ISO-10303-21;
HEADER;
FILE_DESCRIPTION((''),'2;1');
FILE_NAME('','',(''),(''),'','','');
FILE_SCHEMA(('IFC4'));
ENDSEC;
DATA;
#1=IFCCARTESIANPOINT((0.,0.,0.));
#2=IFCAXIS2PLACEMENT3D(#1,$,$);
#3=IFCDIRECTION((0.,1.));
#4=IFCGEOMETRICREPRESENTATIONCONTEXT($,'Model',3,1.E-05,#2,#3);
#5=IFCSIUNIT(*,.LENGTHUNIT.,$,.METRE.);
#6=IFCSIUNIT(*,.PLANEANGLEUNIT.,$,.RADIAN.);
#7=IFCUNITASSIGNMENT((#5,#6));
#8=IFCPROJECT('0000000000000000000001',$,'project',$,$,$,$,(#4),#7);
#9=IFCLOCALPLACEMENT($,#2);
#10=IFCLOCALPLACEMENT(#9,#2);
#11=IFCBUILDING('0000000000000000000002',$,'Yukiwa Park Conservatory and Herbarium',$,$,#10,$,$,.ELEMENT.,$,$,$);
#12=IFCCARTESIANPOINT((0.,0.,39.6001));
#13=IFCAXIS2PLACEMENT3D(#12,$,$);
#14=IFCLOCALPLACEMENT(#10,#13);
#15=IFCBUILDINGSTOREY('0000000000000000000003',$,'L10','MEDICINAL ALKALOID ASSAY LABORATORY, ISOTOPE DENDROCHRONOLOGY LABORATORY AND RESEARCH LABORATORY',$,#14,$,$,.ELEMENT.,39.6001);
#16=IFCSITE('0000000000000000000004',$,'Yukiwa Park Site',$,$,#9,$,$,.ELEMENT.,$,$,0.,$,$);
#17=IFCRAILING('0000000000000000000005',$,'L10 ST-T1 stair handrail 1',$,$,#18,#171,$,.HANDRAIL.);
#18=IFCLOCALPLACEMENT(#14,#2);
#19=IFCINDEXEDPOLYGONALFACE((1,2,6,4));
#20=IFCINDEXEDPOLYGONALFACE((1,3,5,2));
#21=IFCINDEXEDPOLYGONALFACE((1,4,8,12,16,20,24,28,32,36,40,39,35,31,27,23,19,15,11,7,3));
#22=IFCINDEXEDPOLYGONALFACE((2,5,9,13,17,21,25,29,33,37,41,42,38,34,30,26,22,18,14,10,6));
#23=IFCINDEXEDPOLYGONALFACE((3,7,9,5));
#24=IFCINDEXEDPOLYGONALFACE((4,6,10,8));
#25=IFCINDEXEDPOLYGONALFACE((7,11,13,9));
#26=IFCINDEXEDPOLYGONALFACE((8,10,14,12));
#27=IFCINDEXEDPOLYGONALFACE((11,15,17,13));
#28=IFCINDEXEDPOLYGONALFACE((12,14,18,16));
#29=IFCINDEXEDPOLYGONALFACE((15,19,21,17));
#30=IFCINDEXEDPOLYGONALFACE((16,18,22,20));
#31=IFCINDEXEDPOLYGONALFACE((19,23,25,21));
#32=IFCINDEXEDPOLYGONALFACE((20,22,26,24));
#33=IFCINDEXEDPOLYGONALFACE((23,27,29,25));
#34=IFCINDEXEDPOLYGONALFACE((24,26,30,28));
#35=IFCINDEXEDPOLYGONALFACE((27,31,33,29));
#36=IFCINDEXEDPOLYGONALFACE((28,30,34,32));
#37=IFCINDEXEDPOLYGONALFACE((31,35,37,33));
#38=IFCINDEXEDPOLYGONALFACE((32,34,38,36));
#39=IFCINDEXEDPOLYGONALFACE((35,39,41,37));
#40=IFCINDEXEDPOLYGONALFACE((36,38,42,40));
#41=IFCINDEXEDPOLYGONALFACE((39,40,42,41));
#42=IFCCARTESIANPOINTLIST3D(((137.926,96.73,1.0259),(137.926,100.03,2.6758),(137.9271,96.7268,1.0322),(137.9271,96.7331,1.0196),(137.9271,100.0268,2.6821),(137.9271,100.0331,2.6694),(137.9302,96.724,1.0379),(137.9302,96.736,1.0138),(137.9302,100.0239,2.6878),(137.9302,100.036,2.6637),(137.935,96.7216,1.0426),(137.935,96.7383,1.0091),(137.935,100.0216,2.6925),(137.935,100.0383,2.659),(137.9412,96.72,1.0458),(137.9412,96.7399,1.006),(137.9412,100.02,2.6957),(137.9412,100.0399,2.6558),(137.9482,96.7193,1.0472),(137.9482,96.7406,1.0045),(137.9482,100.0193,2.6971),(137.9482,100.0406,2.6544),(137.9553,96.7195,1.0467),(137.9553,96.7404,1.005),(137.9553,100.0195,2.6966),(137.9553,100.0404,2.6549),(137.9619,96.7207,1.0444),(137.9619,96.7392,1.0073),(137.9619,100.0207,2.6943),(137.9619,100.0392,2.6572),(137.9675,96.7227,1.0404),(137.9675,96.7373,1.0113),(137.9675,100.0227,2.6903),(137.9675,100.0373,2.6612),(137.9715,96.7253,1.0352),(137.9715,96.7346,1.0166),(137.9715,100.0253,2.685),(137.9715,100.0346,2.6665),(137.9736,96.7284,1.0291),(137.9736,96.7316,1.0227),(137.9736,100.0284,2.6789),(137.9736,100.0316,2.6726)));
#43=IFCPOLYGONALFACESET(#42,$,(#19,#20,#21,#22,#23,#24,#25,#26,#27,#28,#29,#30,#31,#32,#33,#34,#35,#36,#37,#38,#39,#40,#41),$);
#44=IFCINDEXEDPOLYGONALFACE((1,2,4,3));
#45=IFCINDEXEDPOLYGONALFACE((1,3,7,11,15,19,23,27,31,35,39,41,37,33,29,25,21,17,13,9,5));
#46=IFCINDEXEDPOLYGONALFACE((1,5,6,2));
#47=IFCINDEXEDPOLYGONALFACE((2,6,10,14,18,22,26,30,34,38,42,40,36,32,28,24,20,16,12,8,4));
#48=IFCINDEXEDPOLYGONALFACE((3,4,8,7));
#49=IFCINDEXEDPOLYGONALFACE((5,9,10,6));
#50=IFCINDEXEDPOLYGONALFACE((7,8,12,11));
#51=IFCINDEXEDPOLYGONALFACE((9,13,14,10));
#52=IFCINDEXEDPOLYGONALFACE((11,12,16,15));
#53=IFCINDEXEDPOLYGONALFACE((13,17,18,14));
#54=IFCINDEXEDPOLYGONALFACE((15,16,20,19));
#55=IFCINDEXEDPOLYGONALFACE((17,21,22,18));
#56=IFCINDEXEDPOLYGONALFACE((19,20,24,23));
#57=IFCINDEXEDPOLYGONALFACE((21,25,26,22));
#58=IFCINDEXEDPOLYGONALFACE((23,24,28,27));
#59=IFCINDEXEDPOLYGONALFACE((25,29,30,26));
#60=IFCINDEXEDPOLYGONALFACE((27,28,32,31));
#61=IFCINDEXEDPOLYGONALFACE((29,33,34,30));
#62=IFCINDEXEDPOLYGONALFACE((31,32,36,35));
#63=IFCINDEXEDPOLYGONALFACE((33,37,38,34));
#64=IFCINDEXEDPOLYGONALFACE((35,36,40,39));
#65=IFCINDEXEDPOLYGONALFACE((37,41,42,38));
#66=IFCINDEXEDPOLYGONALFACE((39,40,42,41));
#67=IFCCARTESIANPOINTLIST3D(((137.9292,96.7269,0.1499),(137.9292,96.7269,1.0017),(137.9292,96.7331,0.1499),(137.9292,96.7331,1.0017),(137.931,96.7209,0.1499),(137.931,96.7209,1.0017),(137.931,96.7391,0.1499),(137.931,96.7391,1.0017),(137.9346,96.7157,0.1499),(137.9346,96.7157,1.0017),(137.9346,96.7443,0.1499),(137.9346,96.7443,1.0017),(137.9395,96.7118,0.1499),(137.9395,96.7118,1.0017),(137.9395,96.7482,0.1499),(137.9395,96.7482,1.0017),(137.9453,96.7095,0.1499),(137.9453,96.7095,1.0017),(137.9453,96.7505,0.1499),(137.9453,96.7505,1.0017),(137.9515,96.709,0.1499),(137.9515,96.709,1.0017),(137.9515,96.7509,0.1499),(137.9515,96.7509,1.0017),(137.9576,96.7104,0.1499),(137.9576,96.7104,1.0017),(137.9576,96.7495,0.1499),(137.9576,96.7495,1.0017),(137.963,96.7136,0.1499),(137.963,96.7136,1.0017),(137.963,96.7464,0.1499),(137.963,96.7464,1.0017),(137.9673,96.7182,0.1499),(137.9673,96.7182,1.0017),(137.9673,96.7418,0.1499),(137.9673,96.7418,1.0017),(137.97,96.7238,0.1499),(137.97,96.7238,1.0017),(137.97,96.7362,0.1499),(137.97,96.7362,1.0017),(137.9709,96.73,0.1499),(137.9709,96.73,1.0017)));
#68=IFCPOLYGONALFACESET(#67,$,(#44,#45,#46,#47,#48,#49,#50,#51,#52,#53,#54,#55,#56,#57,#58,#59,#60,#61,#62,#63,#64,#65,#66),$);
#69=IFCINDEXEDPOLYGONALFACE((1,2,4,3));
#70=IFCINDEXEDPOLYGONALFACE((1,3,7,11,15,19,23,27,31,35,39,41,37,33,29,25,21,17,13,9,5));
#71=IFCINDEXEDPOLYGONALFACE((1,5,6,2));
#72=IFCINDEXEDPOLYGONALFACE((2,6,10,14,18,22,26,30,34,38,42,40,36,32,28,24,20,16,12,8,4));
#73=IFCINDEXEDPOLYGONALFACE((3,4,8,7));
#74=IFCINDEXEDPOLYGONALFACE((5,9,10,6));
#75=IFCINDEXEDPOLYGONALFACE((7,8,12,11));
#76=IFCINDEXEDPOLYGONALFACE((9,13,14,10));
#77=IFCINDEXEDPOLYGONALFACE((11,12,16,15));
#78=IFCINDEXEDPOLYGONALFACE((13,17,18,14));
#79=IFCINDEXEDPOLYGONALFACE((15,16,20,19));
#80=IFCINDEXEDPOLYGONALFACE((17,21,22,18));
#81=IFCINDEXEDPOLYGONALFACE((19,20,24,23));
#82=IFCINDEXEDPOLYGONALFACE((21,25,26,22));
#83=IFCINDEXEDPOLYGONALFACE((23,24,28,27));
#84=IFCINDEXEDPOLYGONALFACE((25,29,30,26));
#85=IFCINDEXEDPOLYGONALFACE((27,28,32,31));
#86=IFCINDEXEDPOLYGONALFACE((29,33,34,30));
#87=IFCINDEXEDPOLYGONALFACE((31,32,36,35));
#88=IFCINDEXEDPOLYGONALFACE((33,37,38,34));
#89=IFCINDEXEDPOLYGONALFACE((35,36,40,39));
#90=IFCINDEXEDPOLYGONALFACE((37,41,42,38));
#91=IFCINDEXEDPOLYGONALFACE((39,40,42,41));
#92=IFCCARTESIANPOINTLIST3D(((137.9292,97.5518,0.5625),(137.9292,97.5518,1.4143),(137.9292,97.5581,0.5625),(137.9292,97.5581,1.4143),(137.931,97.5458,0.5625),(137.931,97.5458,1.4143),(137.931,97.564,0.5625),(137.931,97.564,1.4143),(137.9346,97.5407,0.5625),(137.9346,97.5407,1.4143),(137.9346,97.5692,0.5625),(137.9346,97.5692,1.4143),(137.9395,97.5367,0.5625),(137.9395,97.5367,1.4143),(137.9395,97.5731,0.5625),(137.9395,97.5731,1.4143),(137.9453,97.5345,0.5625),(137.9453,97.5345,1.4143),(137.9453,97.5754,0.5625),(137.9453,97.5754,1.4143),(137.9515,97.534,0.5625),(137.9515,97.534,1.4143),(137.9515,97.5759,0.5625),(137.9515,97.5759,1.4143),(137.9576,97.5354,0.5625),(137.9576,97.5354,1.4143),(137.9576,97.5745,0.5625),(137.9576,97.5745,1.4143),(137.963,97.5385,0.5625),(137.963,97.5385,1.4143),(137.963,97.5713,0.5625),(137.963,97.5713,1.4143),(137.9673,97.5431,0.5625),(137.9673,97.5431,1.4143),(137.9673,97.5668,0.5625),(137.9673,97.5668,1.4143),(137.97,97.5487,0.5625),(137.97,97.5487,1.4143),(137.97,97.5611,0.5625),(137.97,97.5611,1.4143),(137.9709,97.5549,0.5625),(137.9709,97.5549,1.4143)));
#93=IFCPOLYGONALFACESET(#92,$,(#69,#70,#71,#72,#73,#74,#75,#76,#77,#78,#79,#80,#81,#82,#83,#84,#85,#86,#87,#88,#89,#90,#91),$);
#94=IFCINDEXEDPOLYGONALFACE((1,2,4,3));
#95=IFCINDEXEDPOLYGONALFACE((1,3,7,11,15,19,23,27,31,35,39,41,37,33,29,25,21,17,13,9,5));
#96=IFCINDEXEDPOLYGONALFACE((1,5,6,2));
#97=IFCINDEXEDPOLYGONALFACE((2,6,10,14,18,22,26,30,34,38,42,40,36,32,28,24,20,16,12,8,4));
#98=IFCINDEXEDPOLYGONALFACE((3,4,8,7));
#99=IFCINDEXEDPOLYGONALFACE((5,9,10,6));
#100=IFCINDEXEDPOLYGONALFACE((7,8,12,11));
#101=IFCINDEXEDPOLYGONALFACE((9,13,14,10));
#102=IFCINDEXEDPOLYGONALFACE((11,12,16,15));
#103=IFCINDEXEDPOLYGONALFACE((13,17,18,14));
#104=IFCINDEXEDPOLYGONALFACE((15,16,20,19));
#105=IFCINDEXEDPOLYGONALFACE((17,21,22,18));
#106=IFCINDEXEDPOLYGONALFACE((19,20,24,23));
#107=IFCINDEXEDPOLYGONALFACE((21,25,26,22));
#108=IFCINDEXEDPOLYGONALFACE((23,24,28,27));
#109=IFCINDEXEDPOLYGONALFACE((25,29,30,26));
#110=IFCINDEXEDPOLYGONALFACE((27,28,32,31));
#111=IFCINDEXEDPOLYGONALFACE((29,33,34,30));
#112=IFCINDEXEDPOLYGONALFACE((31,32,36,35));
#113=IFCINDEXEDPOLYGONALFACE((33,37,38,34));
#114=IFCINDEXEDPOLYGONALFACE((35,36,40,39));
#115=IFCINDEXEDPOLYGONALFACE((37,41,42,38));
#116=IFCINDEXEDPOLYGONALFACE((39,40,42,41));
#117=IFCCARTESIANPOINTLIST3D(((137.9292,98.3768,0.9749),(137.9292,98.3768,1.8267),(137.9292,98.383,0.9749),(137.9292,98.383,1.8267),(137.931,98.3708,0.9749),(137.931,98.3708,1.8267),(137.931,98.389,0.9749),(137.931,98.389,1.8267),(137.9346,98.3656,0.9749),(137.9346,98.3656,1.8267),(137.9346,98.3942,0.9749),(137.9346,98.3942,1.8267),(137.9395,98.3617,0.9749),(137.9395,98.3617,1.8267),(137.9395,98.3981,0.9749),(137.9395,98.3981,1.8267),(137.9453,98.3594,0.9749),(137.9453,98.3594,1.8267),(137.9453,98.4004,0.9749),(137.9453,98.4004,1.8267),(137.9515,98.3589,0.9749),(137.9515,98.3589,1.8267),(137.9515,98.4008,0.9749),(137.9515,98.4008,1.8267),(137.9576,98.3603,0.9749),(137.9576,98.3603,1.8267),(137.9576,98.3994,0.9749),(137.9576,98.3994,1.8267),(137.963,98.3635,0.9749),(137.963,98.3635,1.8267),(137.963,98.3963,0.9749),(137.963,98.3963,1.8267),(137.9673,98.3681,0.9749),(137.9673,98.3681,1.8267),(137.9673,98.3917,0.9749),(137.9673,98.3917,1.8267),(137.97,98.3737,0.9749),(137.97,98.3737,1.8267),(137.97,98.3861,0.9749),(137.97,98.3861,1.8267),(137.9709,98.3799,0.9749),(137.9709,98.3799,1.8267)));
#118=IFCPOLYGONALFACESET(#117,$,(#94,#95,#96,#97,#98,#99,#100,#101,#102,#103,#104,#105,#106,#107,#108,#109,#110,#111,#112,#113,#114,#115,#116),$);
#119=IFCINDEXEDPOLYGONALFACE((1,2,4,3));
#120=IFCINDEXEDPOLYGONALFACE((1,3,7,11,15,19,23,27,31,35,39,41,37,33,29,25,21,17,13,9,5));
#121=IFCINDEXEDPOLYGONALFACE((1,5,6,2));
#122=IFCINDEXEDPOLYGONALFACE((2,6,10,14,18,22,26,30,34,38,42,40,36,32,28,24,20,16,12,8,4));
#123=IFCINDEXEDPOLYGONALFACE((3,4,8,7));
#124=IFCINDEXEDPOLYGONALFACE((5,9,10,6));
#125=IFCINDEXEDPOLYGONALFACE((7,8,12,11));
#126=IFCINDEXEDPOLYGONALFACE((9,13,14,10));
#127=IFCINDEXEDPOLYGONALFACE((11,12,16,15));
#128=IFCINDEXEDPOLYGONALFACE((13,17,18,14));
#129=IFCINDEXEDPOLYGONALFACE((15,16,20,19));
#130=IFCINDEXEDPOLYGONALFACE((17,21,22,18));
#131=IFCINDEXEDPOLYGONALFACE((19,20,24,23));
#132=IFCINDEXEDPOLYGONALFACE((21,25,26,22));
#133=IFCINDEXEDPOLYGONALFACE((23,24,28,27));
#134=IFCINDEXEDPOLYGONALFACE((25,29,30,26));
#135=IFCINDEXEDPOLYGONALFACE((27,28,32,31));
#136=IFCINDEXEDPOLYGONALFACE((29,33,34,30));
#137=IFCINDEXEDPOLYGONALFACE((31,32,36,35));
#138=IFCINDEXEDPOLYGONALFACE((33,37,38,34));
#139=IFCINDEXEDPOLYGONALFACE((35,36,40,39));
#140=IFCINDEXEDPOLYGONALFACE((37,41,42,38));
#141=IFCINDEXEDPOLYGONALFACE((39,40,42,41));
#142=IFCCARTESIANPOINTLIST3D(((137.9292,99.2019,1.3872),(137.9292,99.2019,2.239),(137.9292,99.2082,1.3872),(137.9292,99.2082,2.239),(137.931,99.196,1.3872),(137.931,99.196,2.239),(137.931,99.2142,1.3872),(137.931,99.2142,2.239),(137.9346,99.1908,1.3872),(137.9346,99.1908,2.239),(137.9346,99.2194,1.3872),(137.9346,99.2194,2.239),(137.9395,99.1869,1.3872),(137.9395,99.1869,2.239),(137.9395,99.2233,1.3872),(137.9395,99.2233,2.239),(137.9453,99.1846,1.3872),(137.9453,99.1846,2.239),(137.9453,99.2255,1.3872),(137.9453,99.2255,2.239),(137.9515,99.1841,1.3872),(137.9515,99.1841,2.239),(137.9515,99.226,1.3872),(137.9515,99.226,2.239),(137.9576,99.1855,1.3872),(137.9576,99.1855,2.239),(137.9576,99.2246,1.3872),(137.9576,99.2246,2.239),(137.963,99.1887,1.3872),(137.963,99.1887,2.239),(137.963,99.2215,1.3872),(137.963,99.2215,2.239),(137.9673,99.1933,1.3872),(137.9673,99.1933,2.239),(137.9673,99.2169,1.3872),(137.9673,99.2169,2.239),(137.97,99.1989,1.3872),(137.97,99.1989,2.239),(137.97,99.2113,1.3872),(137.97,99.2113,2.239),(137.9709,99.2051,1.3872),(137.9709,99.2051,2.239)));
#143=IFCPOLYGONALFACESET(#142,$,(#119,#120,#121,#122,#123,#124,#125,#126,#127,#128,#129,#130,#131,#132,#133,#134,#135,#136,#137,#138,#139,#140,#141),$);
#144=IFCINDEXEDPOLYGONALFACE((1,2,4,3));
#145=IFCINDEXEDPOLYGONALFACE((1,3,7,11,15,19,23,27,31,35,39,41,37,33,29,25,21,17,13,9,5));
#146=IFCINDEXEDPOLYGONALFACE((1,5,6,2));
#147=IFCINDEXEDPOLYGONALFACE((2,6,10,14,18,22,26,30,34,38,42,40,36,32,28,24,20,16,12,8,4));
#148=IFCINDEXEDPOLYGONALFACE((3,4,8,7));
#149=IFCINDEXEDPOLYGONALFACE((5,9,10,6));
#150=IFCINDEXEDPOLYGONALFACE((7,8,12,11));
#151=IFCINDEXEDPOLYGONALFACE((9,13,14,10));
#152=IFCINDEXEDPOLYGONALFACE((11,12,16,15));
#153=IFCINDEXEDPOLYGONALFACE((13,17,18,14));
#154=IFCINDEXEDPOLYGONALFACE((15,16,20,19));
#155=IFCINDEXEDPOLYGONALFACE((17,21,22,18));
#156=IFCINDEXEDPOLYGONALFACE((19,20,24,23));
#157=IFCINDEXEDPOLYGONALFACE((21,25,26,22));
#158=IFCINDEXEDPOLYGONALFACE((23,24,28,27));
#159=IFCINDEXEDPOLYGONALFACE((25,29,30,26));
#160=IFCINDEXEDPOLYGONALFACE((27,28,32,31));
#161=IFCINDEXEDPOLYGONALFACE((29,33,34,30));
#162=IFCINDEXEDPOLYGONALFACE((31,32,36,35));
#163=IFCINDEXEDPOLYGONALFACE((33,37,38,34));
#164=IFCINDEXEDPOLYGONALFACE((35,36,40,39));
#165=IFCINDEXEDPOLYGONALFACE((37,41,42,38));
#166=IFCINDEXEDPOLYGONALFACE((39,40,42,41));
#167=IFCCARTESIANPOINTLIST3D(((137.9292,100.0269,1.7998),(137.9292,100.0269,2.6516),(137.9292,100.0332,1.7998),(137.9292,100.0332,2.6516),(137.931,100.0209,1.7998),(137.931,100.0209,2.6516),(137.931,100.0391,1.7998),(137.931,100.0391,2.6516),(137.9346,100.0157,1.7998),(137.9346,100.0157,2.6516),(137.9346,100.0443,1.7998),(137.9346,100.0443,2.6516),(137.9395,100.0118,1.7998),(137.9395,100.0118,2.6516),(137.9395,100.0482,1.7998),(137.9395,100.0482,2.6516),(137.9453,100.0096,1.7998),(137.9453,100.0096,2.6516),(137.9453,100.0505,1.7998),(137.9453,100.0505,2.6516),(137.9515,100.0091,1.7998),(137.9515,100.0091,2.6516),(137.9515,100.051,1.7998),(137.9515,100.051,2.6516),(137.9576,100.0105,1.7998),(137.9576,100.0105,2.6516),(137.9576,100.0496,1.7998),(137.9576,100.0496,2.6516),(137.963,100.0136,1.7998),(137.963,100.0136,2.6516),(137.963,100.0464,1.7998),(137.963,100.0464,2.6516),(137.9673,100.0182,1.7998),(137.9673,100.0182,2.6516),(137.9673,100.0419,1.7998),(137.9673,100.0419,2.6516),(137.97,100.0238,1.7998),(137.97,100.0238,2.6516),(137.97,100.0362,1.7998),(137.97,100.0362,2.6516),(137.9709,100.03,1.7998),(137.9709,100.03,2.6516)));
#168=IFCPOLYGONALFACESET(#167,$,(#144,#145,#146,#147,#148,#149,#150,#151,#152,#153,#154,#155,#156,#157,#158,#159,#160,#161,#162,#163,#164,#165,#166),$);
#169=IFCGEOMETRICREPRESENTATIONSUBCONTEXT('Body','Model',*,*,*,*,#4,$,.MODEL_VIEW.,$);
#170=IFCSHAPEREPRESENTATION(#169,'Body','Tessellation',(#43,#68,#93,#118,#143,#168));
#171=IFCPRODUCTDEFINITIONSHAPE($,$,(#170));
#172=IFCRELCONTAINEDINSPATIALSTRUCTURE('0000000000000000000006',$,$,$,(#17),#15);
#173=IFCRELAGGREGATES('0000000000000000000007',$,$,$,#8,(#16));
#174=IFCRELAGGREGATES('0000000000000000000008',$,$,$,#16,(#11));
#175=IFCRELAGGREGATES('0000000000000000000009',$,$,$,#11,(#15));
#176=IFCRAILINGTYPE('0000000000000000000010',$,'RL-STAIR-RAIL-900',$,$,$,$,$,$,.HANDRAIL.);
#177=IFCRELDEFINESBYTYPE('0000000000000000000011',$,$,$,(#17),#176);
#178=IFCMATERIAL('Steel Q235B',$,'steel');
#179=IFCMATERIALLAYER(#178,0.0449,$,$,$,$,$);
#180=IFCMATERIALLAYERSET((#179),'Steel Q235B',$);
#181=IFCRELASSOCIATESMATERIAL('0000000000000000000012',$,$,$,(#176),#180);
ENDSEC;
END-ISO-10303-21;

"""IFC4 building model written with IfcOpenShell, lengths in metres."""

from ifc_helpers import new_model, si_unit, direction, frame, origin, origin_2d, place, context, subcontext, project, spatial, circle, extrude, material, layer, layer_set, type_object, element, save


model = new_model("IFC4")

# Units and contexts
model_context = context("Model", 3, precision=1e-05, world=origin(), true_north=direction((0.0, 1.0)))
body_context = subcontext(model_context, "Body", "Model", "MODEL_VIEW")
ifc_project = project(units=[si_unit("LENGTHUNIT", "METRE"), si_unit("PLANEANGLEUNIT", "RADIAN")], contexts=[model_context])

# Site, building, storey
site_placement = place(None, origin())
site = spatial("IfcSite", under=ifc_project, at=site_placement, Name="Yukiwa Park Site", CompositionType="ELEMENT", RefElevation=0.0)
building_placement = place(site_placement, origin())
building = spatial("IfcBuilding", under=site, at=building_placement, Name="Yukiwa Park Conservatory and Herbarium", CompositionType="ELEMENT")
storey_placement = place(building_placement, frame((0.0, 0.0, 39.6001)))
storey = spatial("IfcBuildingStorey", under=building, at=storey_placement, Name="L10", Description="MEDICINAL ALKALOID ASSAY LABORATORY, ISOTOPE DENDROCHRONOLOGY LABORATORY AND RESEARCH LABORATORY", CompositionType="ELEMENT", Elevation=39.6001)

# Railing
ifc_material_1 = material(Name="Steel Q235B", Category="steel")
ifc_layer_1 = layer(ifc_material_1, 0.0449)
ifc_layer_set_1 = layer_set([ifc_layer_1], Name="Steel Q235B")
railing_type_1 = type_object("IfcRailingType", Name="RL-STAIR-RAIL-900", PredefinedType="HANDRAIL", material=ifc_layer_set_1)
railing_1_placement = place(storey_placement, frame((137.95, 96.73, 0.1499)))
element("IfcRailing", 1, at=railing_1_placement, inside=storey, type_object=railing_type_1, Name="L10 ST-T1 stair handrail 1", PredefinedType="HANDRAIL", context=body_context, shape_type="SweptSolid", body=[
    extrude(circle(Radius=0.0239, at=origin_2d()), frame((0.0, 0.0, 0.876), z_axis=(0.0, 0.89444, 0.447187), x_axis=(-1.0, 0.0, 0.0)), (0.0, 0.0, 1.0), 3.6895),
    extrude(circle(Radius=0.021, at=origin_2d()), origin(), (0.0, 0.0, 1.0), 0.8518),
    extrude(circle(Radius=0.021, at=origin_2d()), frame((0.0, 0.825, 0.4126)), (0.0, 0.0, 1.0), 0.8518),
    extrude(circle(Radius=0.021, at=origin_2d()), frame((0.0, 1.6499, 0.825)), (0.0, 0.0, 1.0), 0.8518),
    extrude(circle(Radius=0.021, at=origin_2d()), frame((0.0, 2.4751, 1.2373)), (0.0, 0.0, 1.0), 0.8518),
    extrude(circle(Radius=0.021, at=origin_2d()), frame((0.0, 3.3, 1.6499)), (0.0, 0.0, 1.0), 0.8518),
])

save(model, "model.ifc")
